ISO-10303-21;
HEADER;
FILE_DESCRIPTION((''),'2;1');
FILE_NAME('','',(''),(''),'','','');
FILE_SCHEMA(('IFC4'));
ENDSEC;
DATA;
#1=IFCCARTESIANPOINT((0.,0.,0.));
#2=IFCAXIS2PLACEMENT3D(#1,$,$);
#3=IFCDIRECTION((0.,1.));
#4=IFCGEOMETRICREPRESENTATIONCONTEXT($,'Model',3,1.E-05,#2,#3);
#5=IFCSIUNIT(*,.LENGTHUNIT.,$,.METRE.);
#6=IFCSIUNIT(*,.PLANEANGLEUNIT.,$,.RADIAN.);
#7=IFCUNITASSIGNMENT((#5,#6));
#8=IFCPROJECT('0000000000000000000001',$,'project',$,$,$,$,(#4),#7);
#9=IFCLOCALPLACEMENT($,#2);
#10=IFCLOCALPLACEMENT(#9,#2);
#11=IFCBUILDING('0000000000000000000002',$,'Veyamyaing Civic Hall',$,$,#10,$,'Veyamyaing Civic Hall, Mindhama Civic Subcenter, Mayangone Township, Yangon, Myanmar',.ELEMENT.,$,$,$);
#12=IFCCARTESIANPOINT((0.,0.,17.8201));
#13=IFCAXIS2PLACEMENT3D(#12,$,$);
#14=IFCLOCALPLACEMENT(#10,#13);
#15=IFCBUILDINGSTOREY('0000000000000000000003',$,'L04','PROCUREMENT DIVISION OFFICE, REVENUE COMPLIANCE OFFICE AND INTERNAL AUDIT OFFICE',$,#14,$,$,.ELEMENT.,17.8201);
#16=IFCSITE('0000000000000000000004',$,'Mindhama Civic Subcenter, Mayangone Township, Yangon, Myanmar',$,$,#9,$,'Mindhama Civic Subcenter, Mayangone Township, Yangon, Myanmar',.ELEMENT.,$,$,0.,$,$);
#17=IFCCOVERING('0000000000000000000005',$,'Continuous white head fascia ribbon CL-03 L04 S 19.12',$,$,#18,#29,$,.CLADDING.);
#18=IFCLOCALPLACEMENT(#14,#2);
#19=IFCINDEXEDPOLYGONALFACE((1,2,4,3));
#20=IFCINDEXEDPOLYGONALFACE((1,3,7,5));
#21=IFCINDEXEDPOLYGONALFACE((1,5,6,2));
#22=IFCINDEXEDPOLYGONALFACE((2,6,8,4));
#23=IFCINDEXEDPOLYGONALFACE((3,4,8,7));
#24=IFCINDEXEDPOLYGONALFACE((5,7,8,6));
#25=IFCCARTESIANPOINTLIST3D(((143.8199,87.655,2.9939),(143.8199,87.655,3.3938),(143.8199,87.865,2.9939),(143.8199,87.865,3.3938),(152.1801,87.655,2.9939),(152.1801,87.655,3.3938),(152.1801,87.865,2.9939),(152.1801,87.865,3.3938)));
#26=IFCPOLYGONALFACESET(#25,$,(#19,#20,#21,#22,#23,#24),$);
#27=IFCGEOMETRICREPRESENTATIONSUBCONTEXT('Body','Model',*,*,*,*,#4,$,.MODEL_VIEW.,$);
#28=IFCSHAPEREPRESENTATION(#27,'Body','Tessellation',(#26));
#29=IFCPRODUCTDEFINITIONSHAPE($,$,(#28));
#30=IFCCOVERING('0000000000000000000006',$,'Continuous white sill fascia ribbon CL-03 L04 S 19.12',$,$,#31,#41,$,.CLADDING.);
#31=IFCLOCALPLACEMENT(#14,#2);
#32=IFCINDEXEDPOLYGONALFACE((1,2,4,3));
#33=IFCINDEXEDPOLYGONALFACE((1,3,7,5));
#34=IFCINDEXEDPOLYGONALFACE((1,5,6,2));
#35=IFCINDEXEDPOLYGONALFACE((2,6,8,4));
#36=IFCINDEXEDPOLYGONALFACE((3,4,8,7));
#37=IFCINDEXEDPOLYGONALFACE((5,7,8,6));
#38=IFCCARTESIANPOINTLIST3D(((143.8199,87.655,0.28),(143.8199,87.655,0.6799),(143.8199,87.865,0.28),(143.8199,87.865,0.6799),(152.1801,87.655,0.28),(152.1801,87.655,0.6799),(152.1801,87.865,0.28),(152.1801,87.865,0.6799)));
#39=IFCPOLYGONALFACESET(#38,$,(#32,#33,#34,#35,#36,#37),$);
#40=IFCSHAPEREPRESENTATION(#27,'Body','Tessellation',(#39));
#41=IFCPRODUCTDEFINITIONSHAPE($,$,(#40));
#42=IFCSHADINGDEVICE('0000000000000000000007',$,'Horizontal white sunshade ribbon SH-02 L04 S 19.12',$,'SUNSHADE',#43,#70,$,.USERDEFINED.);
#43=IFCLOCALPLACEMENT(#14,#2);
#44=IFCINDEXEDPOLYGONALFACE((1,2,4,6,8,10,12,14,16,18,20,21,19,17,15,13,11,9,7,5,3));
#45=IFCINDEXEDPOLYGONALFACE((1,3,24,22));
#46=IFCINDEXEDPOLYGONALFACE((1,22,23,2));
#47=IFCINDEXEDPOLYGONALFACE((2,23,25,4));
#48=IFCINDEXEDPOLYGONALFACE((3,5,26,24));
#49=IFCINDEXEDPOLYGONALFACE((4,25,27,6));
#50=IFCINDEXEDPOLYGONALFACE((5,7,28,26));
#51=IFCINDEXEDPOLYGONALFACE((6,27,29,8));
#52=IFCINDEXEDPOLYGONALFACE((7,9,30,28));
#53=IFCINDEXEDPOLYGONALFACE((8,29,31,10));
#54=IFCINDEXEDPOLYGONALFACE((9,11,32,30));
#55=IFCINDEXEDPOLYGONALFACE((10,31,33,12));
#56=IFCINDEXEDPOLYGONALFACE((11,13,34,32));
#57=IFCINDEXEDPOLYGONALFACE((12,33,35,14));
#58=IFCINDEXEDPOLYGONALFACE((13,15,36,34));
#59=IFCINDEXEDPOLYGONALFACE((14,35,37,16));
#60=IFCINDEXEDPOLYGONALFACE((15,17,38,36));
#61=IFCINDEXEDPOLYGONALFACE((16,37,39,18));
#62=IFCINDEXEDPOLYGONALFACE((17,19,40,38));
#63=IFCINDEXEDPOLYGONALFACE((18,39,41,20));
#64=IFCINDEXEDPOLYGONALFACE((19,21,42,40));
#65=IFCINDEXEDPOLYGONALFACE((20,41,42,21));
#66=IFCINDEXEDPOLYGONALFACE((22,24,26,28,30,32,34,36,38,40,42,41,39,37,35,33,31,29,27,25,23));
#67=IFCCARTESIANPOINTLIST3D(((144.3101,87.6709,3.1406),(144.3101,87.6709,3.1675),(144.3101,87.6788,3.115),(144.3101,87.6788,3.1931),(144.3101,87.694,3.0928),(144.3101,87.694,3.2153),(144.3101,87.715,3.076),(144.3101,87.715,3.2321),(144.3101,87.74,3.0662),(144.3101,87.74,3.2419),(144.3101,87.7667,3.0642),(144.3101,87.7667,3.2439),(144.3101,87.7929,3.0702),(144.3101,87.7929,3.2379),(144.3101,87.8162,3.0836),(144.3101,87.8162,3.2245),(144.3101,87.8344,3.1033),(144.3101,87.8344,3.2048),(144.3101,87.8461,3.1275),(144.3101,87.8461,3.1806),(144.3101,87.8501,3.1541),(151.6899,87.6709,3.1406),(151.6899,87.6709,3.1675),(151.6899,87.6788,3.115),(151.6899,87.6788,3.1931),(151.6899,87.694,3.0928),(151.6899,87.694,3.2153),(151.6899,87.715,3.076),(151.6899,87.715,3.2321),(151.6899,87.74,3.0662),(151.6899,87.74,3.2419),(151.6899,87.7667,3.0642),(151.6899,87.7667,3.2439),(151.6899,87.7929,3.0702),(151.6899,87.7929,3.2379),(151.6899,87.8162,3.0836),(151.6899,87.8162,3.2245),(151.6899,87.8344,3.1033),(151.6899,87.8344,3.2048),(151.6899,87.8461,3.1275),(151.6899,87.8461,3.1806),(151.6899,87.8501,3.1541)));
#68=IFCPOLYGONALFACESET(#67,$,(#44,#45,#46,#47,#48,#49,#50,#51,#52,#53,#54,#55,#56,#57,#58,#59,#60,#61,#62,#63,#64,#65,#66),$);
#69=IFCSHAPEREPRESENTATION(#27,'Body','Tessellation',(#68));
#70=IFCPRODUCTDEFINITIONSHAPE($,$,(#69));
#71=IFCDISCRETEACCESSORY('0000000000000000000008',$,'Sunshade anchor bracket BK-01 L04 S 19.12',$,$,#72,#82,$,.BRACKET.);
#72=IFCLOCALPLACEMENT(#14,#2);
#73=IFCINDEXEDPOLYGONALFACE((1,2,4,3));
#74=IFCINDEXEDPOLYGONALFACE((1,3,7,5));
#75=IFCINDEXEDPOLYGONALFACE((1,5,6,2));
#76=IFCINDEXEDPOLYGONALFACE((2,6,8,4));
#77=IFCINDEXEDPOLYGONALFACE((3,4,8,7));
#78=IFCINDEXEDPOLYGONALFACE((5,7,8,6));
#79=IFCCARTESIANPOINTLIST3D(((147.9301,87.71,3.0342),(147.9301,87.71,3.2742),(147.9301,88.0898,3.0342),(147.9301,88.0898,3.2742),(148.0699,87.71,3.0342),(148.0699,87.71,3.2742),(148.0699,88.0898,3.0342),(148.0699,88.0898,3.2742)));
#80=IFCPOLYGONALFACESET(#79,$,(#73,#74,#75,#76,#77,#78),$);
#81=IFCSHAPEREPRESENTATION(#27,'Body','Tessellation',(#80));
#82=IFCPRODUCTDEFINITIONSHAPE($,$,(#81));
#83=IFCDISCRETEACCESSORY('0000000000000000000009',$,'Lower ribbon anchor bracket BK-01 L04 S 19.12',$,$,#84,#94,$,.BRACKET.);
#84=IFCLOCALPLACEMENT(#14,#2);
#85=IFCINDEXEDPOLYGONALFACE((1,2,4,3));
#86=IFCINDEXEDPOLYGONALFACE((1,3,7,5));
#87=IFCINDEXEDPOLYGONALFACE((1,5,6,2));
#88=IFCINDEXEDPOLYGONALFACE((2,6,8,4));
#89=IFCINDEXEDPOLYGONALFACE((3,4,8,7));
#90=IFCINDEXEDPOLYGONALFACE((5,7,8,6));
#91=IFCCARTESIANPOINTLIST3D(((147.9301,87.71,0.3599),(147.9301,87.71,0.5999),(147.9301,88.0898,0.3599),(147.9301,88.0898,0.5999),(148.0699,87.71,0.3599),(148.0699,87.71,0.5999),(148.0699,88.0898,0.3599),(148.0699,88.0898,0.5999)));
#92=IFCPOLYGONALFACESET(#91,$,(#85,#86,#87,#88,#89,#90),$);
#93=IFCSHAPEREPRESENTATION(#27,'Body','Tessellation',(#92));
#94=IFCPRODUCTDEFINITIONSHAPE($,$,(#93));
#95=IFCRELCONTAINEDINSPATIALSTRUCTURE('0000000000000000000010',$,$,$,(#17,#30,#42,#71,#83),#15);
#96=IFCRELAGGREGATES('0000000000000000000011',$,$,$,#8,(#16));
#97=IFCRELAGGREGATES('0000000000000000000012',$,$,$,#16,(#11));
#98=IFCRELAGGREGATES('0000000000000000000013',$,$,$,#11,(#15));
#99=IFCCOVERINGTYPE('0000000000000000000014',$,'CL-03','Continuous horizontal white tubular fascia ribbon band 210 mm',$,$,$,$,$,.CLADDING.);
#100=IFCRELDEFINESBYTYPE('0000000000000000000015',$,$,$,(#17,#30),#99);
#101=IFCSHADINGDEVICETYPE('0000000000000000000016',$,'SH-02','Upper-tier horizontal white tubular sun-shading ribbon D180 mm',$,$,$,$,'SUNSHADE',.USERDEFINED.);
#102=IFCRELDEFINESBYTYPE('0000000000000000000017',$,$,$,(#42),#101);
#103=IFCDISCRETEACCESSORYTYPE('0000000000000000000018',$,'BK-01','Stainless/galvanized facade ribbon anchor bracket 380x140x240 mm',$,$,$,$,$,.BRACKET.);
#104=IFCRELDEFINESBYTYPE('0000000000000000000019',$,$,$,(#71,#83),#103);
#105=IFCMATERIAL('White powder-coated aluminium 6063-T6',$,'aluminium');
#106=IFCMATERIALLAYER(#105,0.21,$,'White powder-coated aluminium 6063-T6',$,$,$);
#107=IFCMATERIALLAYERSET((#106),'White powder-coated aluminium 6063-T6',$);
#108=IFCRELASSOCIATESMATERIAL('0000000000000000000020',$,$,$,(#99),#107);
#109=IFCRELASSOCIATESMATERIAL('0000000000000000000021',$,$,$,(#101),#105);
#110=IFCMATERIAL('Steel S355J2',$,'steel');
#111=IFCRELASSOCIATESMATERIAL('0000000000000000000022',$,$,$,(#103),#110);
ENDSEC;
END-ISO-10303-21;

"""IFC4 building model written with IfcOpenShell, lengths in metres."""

from ifc_helpers import new_model, si_unit, direction, frame, origin, origin_2d, place, context, subcontext, project, spatial, rectangle, circle, extrude, material, layer, layer_set, material_profile, profile_set, type_object, element, save


model = new_model("IFC4")

# Units and contexts
model_context = context("Model", 3, precision=1e-05, world=origin(), true_north=direction((0.0, 1.0)))
body_context = subcontext(model_context, "Body", "Model", "MODEL_VIEW")
ifc_project = project(units=[si_unit("LENGTHUNIT", "METRE"), si_unit("PLANEANGLEUNIT", "RADIAN")], contexts=[model_context])

# Site, building, storey
site_placement = place(None, origin())
site = spatial("IfcSite", under=ifc_project, at=site_placement, Name="Mindhama Civic Subcenter, Mayangone Township, Yangon, Myanmar", LongName="Mindhama Civic Subcenter, Mayangone Township, Yangon, Myanmar", CompositionType="ELEMENT", RefElevation=0.0)
building_placement = place(site_placement, origin())
building = spatial("IfcBuilding", under=site, at=building_placement, Name="Veyamyaing Civic Hall", LongName="Veyamyaing Civic Hall, Mindhama Civic Subcenter, Mayangone Township, Yangon, Myanmar", CompositionType="ELEMENT")
storey_placement = place(building_placement, frame((0.0, 0.0, 17.8201)))
storey = spatial("IfcBuildingStorey", under=building, at=storey_placement, Name="L04", Description="PROCUREMENT DIVISION OFFICE, REVENUE COMPLIANCE OFFICE AND INTERNAL AUDIT OFFICE", CompositionType="ELEMENT", Elevation=17.8201)

# Coverings
ifc_material_1 = material(Name="White powder-coated aluminium 6063-T6", Category="aluminium")
ifc_layer_1 = layer(ifc_material_1, 0.21, Name="White powder-coated aluminium 6063-T6")
ifc_layer_set_1 = layer_set([ifc_layer_1], Name="White powder-coated aluminium 6063-T6")
covering_type_1 = type_object("IfcCoveringType", Name="CL-03", Description="Continuous horizontal white tubular fascia ribbon band 210 mm", PredefinedType="CLADDING", material=ifc_layer_set_1)
for number, where, z_axis, x_axis, name in (
    (1, (148.0, 87.76, 2.9939), (0.0, 0.0, 1.0), (1.0, 0.0, 0.0), "Continuous white head fascia ribbon CL-03 L04 S 19.12"),
    (2, (148.0, 87.76, 0.28), (0.0, 0.0, 1.0), (1.0, 0.0, 0.0), "Continuous white sill fascia ribbon CL-03 L04 S 19.12"),
):
    element("IfcCovering", number, at=place(storey_placement, frame(where, z_axis=z_axis, x_axis=x_axis)), inside=storey, type_object=covering_type_1, Name=name, PredefinedType="CLADDING", context=body_context, shape_type="SweptSolid", body=[
        extrude(rectangle(XDim=8.3601, YDim=0.21, at=origin_2d()), origin(), (0.0, 0.0, 1.0), 0.3999),
    ])

# Shading device
ifc_material_profile_1 = material_profile(ifc_material_1, circle(Radius=0.0901, at=origin_2d()), Name="SHADE-TUBE-180")
ifc_profile_set_1 = profile_set([ifc_material_profile_1], Name="White powder-coated aluminium 6063-T6")
shading_device_type = type_object("IfcShadingDeviceType", Name="SH-02", Description="Upper-tier horizontal white tubular sun-shading ribbon D180 mm", ElementType="SUNSHADE", PredefinedType="USERDEFINED", material=ifc_profile_set_1)
shading_device_placement = place(storey_placement, frame((144.3101, 87.76, 3.1541), z_axis=(1.0, 0.0, 0.0), x_axis=(0.0, 1.0, 0.0)))
element("IfcShadingDevice", 3, at=shading_device_placement, inside=storey, type_object=shading_device_type, Name="Horizontal white sunshade ribbon SH-02 L04 S 19.12", ObjectType="SUNSHADE", PredefinedType="USERDEFINED", context=body_context, shape_type="SweptSolid", body=[
    extrude(circle(Radius=0.0901, at=origin_2d()), origin(), (0.0, 0.0, 1.0), 7.3799),
])

# Discrete accessories
ifc_material_2 = material(Name="Steel S355J2", Category="steel")
discrete_accessory_type = type_object("IfcDiscreteAccessoryType", Name="BK-01", Description="Stainless/galvanized facade ribbon anchor bracket 380x140x240 mm", PredefinedType="BRACKET", material=ifc_material_2)
for number, where, z_axis, x_axis, name in (
    (4, (148.0, 87.8999, 3.0342), (0.0, 0.0, 1.0), (0.0, -1.0, 0.0), "Sunshade anchor bracket BK-01 L04 S 19.12"),
    (5, (148.0, 87.8999, 0.3599), (0.0, 0.0, 1.0), (0.0, -1.0, 0.0), "Lower ribbon anchor bracket BK-01 L04 S 19.12"),
):
    element("IfcDiscreteAccessory", number, at=place(storey_placement, frame(where, z_axis=z_axis, x_axis=x_axis)), inside=storey, type_object=discrete_accessory_type, Name=name, PredefinedType="BRACKET", context=body_context, shape_type="SweptSolid", body=[
        extrude(rectangle(XDim=0.3799, YDim=0.1399, at=origin_2d()), origin(), (0.0, 0.0, 1.0), 0.24),
    ])

save(model, "model.ifc")
